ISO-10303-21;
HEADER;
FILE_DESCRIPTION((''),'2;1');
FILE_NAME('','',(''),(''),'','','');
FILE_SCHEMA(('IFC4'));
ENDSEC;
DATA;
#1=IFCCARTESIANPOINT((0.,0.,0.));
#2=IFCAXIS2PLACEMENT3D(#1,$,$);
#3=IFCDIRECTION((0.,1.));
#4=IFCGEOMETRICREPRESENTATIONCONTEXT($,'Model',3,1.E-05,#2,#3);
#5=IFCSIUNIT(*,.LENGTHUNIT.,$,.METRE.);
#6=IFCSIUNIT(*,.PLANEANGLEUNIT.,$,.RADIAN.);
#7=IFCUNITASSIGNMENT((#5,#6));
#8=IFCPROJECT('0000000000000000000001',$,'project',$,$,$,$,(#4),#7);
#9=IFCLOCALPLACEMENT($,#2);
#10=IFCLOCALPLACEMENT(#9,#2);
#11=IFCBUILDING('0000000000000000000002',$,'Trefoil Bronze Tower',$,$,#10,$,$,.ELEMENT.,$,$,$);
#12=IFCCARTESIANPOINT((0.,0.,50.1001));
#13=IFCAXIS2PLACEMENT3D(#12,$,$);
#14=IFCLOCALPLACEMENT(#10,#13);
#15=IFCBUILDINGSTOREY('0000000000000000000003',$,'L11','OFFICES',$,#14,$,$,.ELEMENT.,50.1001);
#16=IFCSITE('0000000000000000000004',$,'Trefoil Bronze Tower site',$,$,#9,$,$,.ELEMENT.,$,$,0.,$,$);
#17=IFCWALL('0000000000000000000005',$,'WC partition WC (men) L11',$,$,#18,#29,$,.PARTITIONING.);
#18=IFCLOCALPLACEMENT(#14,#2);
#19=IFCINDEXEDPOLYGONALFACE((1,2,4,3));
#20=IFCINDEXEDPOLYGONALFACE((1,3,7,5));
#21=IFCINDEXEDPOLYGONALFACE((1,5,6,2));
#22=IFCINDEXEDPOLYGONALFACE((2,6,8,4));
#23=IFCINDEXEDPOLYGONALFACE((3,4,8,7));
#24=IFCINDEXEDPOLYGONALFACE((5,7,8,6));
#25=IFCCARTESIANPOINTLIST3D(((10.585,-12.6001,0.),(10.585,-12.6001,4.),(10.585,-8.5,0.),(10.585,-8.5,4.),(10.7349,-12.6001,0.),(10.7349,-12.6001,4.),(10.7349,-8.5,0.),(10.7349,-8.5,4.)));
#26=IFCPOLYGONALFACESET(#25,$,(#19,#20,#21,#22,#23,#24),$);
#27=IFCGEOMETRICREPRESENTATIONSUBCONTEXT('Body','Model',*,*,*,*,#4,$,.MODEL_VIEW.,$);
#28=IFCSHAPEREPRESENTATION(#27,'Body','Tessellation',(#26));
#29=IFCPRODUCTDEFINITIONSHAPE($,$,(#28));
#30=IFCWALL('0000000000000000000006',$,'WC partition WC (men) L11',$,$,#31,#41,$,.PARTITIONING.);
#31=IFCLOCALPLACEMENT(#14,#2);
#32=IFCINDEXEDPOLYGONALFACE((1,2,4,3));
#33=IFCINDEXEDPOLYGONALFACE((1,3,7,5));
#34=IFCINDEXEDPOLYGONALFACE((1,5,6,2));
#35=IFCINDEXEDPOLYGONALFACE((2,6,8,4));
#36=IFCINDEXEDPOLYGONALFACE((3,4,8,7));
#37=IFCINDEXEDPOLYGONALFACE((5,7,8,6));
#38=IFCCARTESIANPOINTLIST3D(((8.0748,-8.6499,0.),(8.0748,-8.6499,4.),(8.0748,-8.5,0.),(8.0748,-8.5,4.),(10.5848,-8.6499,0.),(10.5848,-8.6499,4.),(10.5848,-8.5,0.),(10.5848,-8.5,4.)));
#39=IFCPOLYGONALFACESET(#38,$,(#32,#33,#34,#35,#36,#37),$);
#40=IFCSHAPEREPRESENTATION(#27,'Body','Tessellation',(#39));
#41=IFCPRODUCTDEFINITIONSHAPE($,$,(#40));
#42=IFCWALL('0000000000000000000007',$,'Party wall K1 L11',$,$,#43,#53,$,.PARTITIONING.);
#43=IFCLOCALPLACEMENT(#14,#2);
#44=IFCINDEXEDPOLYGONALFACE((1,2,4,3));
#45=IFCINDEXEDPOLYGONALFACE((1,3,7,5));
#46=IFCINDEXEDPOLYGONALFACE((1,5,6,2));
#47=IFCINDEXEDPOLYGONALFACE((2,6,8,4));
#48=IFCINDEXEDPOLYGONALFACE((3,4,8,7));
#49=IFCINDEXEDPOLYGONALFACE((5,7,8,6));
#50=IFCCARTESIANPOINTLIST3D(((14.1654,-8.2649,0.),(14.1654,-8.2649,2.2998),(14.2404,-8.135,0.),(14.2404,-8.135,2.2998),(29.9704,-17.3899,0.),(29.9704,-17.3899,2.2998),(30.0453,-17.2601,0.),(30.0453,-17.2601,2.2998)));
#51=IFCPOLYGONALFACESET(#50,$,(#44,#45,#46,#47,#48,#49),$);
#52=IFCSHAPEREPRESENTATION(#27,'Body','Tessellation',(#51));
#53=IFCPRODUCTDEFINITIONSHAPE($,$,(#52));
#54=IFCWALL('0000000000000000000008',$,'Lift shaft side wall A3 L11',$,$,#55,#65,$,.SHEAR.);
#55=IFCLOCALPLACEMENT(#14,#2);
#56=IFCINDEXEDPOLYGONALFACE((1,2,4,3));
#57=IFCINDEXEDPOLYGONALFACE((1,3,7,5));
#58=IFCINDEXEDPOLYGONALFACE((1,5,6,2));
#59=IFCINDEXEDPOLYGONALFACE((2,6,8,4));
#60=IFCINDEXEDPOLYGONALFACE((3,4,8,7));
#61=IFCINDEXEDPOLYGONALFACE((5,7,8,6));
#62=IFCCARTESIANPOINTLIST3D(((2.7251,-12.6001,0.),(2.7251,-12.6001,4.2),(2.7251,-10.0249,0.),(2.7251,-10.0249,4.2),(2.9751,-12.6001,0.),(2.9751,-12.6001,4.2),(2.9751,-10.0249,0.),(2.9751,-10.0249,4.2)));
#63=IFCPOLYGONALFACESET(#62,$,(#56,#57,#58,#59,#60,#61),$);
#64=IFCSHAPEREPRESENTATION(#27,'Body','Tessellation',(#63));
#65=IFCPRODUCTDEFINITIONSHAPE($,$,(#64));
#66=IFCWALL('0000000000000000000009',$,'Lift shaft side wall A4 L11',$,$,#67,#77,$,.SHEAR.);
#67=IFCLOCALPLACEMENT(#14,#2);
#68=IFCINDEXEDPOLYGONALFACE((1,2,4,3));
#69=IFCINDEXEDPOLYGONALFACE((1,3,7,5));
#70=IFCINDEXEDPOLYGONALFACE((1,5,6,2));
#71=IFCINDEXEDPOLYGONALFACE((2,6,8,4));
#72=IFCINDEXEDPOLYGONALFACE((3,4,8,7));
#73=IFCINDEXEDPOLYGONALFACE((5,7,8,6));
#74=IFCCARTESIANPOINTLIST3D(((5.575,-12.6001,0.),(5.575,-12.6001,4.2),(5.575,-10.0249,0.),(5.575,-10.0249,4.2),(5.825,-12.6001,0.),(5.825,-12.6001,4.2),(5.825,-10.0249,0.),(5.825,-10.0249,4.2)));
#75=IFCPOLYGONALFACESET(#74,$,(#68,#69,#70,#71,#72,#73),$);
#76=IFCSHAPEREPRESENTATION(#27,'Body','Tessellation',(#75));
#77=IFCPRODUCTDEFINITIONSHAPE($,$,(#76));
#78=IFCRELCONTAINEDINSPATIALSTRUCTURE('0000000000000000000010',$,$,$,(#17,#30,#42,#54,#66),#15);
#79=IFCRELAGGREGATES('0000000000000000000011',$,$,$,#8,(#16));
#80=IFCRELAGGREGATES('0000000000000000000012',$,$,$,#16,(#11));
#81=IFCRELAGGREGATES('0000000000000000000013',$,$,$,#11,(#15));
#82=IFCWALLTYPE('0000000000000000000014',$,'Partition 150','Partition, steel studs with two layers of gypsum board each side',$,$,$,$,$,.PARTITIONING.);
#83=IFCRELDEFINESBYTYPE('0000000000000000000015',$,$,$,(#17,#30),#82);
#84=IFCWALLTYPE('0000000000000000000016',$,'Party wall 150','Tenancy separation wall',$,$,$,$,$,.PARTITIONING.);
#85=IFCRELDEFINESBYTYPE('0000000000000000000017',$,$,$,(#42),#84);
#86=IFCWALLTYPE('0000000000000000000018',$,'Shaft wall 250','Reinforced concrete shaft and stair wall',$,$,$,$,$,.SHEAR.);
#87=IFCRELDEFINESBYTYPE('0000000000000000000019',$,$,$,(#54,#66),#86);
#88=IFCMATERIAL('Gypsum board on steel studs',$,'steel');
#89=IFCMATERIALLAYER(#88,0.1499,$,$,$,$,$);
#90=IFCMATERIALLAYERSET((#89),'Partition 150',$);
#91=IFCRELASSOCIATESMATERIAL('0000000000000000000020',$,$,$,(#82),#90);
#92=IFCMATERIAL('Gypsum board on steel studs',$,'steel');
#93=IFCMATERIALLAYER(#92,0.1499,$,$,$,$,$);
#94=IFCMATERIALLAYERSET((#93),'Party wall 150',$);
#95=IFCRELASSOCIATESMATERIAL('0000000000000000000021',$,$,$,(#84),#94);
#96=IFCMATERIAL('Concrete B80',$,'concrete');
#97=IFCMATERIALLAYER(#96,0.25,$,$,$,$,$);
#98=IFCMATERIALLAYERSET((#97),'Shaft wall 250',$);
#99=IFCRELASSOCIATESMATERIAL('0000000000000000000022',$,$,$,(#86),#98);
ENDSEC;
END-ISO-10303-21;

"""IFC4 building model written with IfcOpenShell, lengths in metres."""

from ifc_helpers import new_model, si_unit, direction, frame, frame_2d, origin, place, context, subcontext, project, spatial, rectangle, extrude, material, layer, layer_set, type_object, element, save


model = new_model("IFC4")

# Units and contexts
model_context = context("Model", 3, precision=1e-05, world=origin(), true_north=direction((0.0, 1.0)))
body_context = subcontext(model_context, "Body", "Model", "MODEL_VIEW")
ifc_project = project(units=[si_unit("LENGTHUNIT", "METRE"), si_unit("PLANEANGLEUNIT", "RADIAN")], contexts=[model_context])

# Site, building, storey
site_placement = place(None, origin())
site = spatial("IfcSite", under=ifc_project, at=site_placement, Name="Trefoil Bronze Tower site", CompositionType="ELEMENT", RefElevation=0.0)
building_placement = place(site_placement, origin())
building = spatial("IfcBuilding", under=site, at=building_placement, Name="Trefoil Bronze Tower", CompositionType="ELEMENT")
storey_placement = place(building_placement, frame((0.0, 0.0, 50.1001)))
storey = spatial("IfcBuildingStorey", under=building, at=storey_placement, Name="L11", Description="OFFICES", CompositionType="ELEMENT", Elevation=50.1001)

# Shared definitions
ifc_material_1 = material(Name="Gypsum board on steel studs", Category="steel")
ifc_layer_1 = layer(ifc_material_1, 0.1499)
ifc_layer_set_1 = layer_set([ifc_layer_1], Name="Partition 150")
wall_type_1 = type_object("IfcWallType", Name="Partition 150", Description="Partition, steel studs with two layers of gypsum board each side", PredefinedType="PARTITIONING", material=ifc_layer_set_1)

# Walls
wall_1_placement = place(storey_placement, frame((10.6599, -8.5, 0.0), z_axis=(0.0, 0.0, 1.0), x_axis=(0.0, -1.0, 0.0)))
element("IfcWall", 1, at=wall_1_placement, inside=storey, type_object=wall_type_1, Name="WC partition WC (men) L11", PredefinedType="PARTITIONING", context=body_context, shape_type="SweptSolid", body=[
    extrude(rectangle(XDim=4.1001, YDim=0.1499, at=frame_2d((2.05, 0.0))), origin(), (0.0, 0.0, 1.0), 4.0),
])
wall_2_placement = place(storey_placement, frame((8.075, -8.575, 0.0), z_axis=(0.0, 0.0, 1.0), x_axis=(1.0, 0.0, 0.0)))
element("IfcWall", 2, at=wall_2_placement, inside=storey, type_object=wall_type_1, Name="WC partition WC (men) L11", PredefinedType="PARTITIONING", context=body_context, shape_type="SweptSolid", body=[
    extrude(rectangle(XDim=2.51, YDim=0.1499, at=frame_2d((1.2549, 0.0))), origin(), (0.0, 0.0, 1.0), 4.0),
])
ifc_material_2 = material(Name="Gypsum board on steel studs", Category="steel")
ifc_layer_2 = layer(ifc_material_2, 0.1499)
ifc_layer_set_2 = layer_set([ifc_layer_2], Name="Party wall 150")
wall_type_2 = type_object("IfcWallType", Name="Party wall 150", Description="Tenancy separation wall", PredefinedType="PARTITIONING", material=ifc_layer_set_2)
wall_3_placement = place(storey_placement, frame((14.2029, -8.2, 0.0), z_axis=(0.0, 0.0, 1.0), x_axis=(0.866025, -0.500001, 0.0)))
element("IfcWall", 3, at=wall_3_placement, inside=storey, type_object=wall_type_2, Name="Party wall K1 L11", PredefinedType="PARTITIONING", context=body_context, shape_type="SweptSolid", body=[
    extrude(rectangle(XDim=18.25, YDim=0.1499, at=frame_2d((9.125, 0.0))), origin(), (0.0, 0.0, 1.0), 2.2998),
])
ifc_material_3 = material(Name="Concrete B80", Category="concrete")
ifc_layer_3 = layer(ifc_material_3, 0.25)
ifc_layer_set_3 = layer_set([ifc_layer_3], Name="Shaft wall 250")
wall_type_3 = type_object("IfcWallType", Name="Shaft wall 250", Description="Reinforced concrete shaft and stair wall", PredefinedType="SHEAR", material=ifc_layer_set_3)
for number, where, z_axis, x_axis, name in (
    (4, (2.8501, -10.0249, 0.0), (0.0, 0.0, 1.0), (0.0, -1.0, 0.0), "Lift shaft side wall A3 L11"),
    (5, (5.7, -10.0249, 0.0), (0.0, 0.0, 1.0), (0.0, -1.0, 0.0), "Lift shaft side wall A4 L11"),
):
    element("IfcWall", number, at=place(storey_placement, frame(where, z_axis=z_axis, x_axis=x_axis)), inside=storey, type_object=wall_type_3, Name=name, PredefinedType="SHEAR", context=body_context, shape_type="SweptSolid", body=[
        extrude(rectangle(XDim=2.5752, YDim=0.25, at=frame_2d((1.2876, 0.0))), origin(), (0.0, 0.0, 1.0), 4.2),
    ])

save(model, "model.ifc")
